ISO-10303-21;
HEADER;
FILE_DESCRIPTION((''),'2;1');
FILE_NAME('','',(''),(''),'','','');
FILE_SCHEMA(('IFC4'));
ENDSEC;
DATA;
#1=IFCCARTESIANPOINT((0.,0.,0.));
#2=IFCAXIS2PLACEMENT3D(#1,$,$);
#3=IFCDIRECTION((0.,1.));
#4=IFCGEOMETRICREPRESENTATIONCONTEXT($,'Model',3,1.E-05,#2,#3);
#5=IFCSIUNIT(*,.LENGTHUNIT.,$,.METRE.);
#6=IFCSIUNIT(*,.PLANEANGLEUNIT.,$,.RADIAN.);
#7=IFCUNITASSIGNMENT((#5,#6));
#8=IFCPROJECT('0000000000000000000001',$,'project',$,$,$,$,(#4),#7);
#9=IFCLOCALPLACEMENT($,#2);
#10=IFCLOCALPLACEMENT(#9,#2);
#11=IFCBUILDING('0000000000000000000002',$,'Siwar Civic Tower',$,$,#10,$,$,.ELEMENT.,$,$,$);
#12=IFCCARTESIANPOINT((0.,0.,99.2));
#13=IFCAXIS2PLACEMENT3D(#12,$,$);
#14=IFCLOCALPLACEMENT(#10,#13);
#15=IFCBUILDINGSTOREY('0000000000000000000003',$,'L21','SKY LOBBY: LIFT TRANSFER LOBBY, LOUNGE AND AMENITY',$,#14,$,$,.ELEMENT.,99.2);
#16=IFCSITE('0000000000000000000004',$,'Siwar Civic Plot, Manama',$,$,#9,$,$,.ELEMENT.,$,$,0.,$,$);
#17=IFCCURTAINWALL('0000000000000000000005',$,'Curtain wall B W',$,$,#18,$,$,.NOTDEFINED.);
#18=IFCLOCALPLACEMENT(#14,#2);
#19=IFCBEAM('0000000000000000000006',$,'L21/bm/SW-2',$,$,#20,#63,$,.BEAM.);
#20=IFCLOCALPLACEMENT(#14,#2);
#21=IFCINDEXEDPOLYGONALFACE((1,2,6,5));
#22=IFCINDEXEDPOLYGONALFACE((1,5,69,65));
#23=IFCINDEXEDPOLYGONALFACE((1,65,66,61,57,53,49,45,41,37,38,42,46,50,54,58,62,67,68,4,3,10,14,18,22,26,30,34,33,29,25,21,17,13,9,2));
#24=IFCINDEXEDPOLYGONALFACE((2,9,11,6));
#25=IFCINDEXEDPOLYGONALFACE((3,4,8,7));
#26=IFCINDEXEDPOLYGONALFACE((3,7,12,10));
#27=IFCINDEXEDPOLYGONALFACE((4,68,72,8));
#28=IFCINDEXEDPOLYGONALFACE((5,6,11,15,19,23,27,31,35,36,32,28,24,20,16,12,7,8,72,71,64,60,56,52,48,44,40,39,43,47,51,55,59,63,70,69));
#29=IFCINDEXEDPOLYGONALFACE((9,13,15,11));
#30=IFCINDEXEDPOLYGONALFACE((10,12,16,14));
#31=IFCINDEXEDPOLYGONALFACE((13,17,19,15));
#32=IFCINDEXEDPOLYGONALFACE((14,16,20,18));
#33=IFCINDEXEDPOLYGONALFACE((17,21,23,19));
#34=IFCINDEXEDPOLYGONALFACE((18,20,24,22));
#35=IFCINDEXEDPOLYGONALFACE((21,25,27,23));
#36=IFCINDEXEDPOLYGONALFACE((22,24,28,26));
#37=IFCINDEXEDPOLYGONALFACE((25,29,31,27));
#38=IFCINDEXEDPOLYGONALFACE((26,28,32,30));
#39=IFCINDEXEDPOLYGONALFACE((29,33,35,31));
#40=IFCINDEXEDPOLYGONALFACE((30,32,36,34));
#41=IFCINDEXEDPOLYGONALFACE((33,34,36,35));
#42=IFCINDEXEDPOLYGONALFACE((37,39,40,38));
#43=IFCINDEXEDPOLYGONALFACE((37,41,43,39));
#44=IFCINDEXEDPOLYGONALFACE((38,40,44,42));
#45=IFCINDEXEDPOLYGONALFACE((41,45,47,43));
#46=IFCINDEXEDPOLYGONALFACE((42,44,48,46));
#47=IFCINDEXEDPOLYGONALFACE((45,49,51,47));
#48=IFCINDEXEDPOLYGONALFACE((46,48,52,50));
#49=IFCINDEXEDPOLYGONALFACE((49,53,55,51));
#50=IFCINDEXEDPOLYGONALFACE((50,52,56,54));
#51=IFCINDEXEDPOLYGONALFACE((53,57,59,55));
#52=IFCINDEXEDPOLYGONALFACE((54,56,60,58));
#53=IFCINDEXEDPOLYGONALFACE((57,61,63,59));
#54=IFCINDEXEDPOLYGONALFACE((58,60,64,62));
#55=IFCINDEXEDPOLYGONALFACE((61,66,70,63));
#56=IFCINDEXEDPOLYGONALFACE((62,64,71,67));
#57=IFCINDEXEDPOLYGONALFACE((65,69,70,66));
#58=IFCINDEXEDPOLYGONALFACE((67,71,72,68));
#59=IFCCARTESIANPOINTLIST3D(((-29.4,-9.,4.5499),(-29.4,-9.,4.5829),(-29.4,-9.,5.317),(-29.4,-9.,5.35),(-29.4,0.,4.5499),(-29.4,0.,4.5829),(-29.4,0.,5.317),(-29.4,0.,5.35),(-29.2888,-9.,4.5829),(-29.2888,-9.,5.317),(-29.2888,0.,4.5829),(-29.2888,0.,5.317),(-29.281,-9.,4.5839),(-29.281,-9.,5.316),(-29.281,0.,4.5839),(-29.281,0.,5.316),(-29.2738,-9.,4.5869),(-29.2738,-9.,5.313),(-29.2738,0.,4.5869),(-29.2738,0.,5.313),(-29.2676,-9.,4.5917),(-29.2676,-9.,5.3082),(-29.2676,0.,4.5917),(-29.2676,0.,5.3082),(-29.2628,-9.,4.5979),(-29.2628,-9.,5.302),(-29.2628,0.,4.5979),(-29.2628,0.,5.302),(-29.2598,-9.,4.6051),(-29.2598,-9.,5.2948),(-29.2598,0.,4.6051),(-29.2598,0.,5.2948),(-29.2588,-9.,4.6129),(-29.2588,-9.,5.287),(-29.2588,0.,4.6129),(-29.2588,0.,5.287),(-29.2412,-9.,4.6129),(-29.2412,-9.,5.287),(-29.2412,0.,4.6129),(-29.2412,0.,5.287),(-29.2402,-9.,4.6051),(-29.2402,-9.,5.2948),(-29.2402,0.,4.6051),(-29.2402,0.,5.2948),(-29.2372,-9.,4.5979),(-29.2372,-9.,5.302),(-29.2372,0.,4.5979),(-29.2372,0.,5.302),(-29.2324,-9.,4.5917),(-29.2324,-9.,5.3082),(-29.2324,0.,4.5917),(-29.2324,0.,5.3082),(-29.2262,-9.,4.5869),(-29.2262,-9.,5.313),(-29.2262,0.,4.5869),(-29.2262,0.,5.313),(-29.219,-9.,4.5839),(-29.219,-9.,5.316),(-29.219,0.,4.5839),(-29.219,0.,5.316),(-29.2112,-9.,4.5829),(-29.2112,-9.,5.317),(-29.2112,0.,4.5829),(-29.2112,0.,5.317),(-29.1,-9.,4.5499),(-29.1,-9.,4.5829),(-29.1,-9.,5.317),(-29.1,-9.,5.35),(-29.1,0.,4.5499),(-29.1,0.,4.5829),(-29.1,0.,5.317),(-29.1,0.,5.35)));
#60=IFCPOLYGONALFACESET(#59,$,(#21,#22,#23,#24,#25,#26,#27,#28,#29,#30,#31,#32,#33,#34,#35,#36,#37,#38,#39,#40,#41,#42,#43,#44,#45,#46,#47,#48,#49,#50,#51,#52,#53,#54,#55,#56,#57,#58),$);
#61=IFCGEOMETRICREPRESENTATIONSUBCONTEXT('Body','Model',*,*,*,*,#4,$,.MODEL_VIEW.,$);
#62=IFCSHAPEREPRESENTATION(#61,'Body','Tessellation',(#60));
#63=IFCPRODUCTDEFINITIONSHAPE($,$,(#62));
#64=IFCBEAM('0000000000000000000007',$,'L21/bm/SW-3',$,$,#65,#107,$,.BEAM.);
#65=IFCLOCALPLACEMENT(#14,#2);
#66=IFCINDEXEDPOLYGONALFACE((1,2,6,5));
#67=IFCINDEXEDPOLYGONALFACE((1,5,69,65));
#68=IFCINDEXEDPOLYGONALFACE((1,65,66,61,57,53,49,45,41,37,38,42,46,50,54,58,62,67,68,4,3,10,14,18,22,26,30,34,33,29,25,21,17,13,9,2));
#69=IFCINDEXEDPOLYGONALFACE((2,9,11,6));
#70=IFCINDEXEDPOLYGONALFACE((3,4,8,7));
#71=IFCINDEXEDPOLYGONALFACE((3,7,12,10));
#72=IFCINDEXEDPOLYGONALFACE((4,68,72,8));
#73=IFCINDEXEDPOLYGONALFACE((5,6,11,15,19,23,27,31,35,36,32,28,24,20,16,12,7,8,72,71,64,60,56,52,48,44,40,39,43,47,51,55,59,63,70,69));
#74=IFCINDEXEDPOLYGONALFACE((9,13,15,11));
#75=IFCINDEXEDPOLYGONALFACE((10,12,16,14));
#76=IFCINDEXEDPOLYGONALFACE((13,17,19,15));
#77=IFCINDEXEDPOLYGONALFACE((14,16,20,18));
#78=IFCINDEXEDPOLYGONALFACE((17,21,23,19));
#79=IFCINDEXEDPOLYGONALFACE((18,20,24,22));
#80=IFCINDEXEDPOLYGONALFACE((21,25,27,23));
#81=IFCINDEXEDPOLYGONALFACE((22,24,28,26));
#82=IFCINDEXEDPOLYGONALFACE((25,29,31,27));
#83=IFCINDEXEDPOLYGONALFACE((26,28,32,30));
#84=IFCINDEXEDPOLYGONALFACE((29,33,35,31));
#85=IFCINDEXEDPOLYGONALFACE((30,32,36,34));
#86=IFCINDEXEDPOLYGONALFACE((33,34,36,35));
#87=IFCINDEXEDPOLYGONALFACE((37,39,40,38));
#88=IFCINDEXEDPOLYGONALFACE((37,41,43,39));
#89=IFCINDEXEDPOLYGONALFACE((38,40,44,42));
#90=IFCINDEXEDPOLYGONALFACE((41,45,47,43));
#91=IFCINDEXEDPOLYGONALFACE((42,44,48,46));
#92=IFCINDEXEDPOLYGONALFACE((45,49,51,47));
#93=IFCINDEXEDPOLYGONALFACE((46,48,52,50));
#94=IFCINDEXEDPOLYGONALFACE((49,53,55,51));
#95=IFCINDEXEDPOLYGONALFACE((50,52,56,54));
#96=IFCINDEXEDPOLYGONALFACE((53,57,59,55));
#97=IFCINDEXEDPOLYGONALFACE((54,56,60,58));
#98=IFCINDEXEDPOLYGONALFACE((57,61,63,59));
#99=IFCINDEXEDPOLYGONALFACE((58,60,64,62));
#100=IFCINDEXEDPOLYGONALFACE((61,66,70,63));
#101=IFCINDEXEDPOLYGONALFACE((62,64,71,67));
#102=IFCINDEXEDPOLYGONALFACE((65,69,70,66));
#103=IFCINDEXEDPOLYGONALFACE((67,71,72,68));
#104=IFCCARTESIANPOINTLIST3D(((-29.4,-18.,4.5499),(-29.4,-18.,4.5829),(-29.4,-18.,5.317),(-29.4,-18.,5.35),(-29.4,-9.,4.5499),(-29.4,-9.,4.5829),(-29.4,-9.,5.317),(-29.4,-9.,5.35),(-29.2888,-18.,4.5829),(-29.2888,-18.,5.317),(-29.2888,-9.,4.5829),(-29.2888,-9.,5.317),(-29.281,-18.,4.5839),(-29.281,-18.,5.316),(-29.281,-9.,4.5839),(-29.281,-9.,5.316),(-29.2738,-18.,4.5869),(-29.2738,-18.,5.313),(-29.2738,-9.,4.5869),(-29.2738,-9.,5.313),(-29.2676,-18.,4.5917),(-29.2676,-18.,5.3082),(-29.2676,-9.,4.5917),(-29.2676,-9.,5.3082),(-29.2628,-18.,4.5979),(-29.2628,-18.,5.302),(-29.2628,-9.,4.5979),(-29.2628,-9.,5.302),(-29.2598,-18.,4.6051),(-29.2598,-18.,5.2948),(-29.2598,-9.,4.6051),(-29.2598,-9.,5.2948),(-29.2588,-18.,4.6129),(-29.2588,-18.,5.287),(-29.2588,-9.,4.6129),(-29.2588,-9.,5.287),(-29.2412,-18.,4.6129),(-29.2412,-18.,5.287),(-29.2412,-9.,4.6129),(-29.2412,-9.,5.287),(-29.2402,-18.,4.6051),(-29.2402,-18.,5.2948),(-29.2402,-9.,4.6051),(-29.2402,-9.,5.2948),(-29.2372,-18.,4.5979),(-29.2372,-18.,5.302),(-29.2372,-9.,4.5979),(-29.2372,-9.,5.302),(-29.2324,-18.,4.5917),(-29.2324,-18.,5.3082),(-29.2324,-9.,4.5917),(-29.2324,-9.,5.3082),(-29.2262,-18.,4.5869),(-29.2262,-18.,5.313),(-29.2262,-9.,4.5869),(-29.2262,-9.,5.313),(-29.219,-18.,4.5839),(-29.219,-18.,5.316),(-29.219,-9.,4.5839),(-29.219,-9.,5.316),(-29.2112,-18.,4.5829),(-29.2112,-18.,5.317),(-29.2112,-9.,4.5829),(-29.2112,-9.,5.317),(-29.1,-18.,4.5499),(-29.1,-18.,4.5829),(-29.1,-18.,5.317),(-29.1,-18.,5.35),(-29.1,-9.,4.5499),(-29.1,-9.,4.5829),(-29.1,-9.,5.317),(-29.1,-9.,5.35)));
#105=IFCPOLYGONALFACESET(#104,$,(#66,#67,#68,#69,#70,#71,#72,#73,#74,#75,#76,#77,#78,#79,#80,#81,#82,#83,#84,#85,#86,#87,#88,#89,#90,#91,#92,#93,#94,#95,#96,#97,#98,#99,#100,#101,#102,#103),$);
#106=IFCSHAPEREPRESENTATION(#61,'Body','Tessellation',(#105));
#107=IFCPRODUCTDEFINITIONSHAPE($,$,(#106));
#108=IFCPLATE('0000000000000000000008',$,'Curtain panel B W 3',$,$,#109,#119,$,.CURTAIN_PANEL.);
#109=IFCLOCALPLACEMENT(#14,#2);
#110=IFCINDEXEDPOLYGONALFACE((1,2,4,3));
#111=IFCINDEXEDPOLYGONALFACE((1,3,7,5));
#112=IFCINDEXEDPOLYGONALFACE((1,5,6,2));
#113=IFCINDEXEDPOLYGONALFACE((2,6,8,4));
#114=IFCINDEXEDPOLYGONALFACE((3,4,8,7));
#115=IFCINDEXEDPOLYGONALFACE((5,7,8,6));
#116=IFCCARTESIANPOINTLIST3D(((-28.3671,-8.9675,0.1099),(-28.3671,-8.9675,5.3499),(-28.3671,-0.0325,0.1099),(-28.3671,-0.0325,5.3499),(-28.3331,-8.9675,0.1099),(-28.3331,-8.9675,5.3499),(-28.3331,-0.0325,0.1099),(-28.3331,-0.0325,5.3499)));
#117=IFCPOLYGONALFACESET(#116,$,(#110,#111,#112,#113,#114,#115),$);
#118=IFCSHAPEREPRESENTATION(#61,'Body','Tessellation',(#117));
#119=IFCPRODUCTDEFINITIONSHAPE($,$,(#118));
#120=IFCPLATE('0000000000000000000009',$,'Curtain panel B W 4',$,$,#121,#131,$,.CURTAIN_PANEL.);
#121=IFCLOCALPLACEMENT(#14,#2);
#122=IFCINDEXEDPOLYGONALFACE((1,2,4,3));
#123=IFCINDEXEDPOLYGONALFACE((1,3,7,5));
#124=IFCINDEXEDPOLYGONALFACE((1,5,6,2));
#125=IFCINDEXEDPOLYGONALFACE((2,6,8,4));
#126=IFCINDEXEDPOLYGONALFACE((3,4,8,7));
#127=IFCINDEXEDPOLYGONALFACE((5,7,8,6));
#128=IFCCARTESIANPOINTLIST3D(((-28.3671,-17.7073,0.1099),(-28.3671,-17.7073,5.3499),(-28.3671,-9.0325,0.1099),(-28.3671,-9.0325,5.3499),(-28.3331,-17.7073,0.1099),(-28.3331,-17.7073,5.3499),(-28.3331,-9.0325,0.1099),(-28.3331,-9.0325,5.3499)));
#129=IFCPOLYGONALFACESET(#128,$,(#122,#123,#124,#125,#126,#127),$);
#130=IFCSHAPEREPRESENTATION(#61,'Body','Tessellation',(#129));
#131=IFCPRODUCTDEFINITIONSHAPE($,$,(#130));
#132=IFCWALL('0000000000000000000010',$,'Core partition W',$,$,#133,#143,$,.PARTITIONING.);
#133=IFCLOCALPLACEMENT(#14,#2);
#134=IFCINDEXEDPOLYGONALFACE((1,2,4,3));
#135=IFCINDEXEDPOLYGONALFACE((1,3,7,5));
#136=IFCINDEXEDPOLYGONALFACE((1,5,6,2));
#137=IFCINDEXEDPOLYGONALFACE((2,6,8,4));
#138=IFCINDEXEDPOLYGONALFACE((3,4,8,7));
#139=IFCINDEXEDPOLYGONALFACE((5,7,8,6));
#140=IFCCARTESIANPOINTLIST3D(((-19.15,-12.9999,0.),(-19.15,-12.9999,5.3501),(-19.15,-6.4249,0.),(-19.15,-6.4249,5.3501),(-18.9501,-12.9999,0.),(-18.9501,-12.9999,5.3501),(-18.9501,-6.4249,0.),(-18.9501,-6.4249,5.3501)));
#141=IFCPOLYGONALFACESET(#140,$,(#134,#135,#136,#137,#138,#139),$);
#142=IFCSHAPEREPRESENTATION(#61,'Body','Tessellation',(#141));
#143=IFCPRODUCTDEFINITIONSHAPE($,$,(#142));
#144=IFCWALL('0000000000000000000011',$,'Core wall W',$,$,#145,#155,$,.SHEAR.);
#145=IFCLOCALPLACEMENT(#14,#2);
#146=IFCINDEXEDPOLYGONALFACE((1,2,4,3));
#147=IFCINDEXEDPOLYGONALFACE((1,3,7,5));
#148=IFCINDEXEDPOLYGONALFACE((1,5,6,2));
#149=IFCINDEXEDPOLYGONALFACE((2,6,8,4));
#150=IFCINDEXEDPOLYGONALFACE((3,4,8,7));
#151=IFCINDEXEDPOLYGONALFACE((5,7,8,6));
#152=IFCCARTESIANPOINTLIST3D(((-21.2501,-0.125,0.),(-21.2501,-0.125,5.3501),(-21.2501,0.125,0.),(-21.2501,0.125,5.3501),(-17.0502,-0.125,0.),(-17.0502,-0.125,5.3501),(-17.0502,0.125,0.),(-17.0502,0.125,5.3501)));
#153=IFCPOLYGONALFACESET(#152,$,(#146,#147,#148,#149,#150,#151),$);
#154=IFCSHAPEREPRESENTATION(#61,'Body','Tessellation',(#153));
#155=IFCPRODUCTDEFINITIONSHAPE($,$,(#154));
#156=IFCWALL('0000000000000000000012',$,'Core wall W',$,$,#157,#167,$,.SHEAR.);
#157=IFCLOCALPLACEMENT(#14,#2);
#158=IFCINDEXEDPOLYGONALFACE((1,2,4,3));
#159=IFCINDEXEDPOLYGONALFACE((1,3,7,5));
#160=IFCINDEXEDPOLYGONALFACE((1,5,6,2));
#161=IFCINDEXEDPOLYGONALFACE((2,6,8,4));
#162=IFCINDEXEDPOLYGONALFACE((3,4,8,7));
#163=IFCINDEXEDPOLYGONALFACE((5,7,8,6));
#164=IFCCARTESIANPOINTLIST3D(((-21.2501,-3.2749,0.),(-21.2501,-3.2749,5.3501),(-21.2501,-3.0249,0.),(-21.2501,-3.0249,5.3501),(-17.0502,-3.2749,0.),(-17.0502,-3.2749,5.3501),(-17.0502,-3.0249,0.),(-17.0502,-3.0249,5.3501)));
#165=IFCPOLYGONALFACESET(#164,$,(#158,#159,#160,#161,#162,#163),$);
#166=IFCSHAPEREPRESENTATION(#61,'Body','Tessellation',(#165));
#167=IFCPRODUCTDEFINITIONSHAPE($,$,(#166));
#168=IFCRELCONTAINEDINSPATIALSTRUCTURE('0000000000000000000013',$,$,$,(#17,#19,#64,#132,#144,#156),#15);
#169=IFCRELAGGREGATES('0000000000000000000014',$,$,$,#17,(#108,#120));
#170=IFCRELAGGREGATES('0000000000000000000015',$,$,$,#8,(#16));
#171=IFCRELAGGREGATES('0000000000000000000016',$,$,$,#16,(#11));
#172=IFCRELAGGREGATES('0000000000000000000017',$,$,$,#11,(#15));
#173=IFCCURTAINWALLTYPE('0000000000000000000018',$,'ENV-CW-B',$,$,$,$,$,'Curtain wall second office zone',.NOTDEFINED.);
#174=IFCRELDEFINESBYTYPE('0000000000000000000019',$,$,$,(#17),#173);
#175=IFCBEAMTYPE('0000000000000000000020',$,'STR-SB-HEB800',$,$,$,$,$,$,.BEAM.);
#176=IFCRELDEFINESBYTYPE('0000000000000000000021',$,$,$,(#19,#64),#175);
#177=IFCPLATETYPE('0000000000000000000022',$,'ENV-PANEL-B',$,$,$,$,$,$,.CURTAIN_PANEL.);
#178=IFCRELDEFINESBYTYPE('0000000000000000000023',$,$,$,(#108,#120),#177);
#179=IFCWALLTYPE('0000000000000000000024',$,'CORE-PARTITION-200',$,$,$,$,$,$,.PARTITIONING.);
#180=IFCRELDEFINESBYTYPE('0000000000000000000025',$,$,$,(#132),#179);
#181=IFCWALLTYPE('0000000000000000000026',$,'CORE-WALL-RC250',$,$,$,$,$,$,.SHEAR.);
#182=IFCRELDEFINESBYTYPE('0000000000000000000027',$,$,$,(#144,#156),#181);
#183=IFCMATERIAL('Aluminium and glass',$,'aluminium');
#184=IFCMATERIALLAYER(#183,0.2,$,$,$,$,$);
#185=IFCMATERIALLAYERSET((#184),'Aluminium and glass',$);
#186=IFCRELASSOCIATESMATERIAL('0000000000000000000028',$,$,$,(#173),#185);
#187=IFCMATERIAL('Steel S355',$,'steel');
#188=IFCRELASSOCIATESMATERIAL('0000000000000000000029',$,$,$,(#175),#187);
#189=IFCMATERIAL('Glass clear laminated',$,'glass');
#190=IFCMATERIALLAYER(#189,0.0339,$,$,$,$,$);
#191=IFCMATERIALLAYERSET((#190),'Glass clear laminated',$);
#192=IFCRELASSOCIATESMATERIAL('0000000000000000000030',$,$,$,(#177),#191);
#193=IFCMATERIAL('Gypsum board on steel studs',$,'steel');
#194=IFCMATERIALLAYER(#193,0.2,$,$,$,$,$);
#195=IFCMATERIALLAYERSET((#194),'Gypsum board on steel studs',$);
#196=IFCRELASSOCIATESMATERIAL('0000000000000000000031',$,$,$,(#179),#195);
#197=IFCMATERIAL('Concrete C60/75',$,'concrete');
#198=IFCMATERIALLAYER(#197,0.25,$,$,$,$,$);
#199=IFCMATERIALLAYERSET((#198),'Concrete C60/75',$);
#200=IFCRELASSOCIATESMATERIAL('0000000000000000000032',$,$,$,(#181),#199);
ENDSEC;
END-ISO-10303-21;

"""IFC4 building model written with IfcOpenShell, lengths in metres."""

from ifc_helpers import new_model, si_unit, direction, frame, frame_2d, origin, origin_2d, place, context, subcontext, project, spatial, rectangle, i_section, extrude, material, layer, layer_set, material_profile, profile_set, type_object, element, aggregate, save


model = new_model("IFC4")

# Units and contexts
model_context = context("Model", 3, precision=1e-05, world=origin(), true_north=direction((0.0, 1.0)))
body_context = subcontext(model_context, "Body", "Model", "MODEL_VIEW")
ifc_project = project(units=[si_unit("LENGTHUNIT", "METRE"), si_unit("PLANEANGLEUNIT", "RADIAN")], contexts=[model_context])

# Site, building, storey
site_placement = place(None, origin())
site = spatial("IfcSite", under=ifc_project, at=site_placement, Name="Siwar Civic Plot, Manama", CompositionType="ELEMENT", RefElevation=0.0)
building_placement = place(site_placement, origin())
building = spatial("IfcBuilding", under=site, at=building_placement, Name="Siwar Civic Tower", CompositionType="ELEMENT")
storey_placement = place(building_placement, frame((0.0, 0.0, 99.2)))
storey = spatial("IfcBuildingStorey", under=building, at=storey_placement, Name="L21", Description="SKY LOBBY: LIFT TRANSFER LOBBY, LOUNGE AND AMENITY", CompositionType="ELEMENT", Elevation=99.2)

# Curtain wall
ifc_material_1 = material(Name="Aluminium and glass", Category="aluminium")
ifc_layer_1 = layer(ifc_material_1, 0.2)
ifc_layer_set_1 = layer_set([ifc_layer_1], Name="Aluminium and glass")
curtain_wall_type_1 = type_object("IfcCurtainWallType", Name="ENV-CW-B", ElementType="Curtain wall second office zone", PredefinedType="NOTDEFINED", material=ifc_layer_set_1)
curtain_wall_1_placement = place(storey_placement, origin())
curtain_wall_1 = element("IfcCurtainWall", 1, at=curtain_wall_1_placement, inside=storey, type_object=curtain_wall_type_1, Name="Curtain wall B W", PredefinedType="NOTDEFINED")

# Beams
ifc_material_2 = material(Name="Steel S355", Category="steel")
ifc_material_profile_1 = material_profile(ifc_material_2, i_section(OverallWidth=0.3, OverallDepth=0.8, WebThickness=0.0176, FlangeThickness=0.033, FilletRadius=0.03, at=origin_2d()), Name="HEB800")
ifc_profile_set_1 = profile_set([ifc_material_profile_1], Name="Steel S355")
beam_type_1 = type_object("IfcBeamType", Name="STR-SB-HEB800", PredefinedType="BEAM", material=ifc_profile_set_1)
for number, where, z_axis, x_axis, name in (
    (2, (-29.25, 0.0, 4.95), (0.0, -1.0, 0.0), (1.0, 0.0, 0.0), "L21/bm/SW-2"),
    (3, (-29.25, -9.0, 4.95), (0.0, -1.0, 0.0), (1.0, 0.0, 0.0), "L21/bm/SW-3"),
):
    element("IfcBeam", number, at=place(storey_placement, frame(where, z_axis=z_axis, x_axis=x_axis)), inside=storey, type_object=beam_type_1, Name=name, PredefinedType="BEAM", context=body_context, shape_type="SweptSolid", body=[
        extrude(i_section(OverallWidth=0.3, OverallDepth=0.8, WebThickness=0.0176, FlangeThickness=0.033, FilletRadius=0.03, at=origin_2d()), origin(), (0.0, 0.0, 1.0), 9.0),
    ])

# Plates
ifc_material_3 = material(Name="Glass clear laminated", Category="glass")
ifc_layer_2 = layer(ifc_material_3, 0.0339)
ifc_layer_set_2 = layer_set([ifc_layer_2], Name="Glass clear laminated")
plate_type = type_object("IfcPlateType", Name="ENV-PANEL-B", PredefinedType="CURTAIN_PANEL", material=ifc_layer_set_2)
plate_1_placement = place(storey_placement, frame((-28.3501, -4.5, 0.1099), z_axis=(0.0, 0.0, 1.0), x_axis=(0.0, -1.0, 0.0)))
plate_1 = element("IfcPlate", 4, at=plate_1_placement, type_object=plate_type, Name="Curtain panel B W 3", PredefinedType="CURTAIN_PANEL", context=body_context, shape_type="SweptSolid", body=[
    extrude(rectangle(XDim=8.9351, YDim=0.0339, at=origin_2d()), origin(), (0.0, 0.0, 1.0), 5.24),
])
plate_2_placement = place(storey_placement, frame((-28.3501, -13.3699, 0.1099), z_axis=(0.0, 0.0, 1.0), x_axis=(0.0, -1.0, 0.0)))
plate_2 = element("IfcPlate", 5, at=plate_2_placement, type_object=plate_type, Name="Curtain panel B W 4", PredefinedType="CURTAIN_PANEL", context=body_context, shape_type="SweptSolid", body=[
    extrude(rectangle(XDim=8.6748, YDim=0.0339, at=origin_2d()), origin(), (0.0, 0.0, 1.0), 5.24),
])
aggregate(curtain_wall_1, [plate_1, plate_2])

# Walls
ifc_material_4 = material(Name="Gypsum board on steel studs", Category="steel")
ifc_layer_3 = layer(ifc_material_4, 0.2)
ifc_layer_set_3 = layer_set([ifc_layer_3], Name="Gypsum board on steel studs")
wall_type_1 = type_object("IfcWallType", Name="CORE-PARTITION-200", PredefinedType="PARTITIONING", material=ifc_layer_set_3)
wall_1_placement = place(storey_placement, frame((-19.05, -13.0, 0.0), z_axis=(0.0, 0.0, 1.0), x_axis=(0.0, 1.0, 0.0)))
element("IfcWall", 6, at=wall_1_placement, inside=storey, type_object=wall_type_1, Name="Core partition W", PredefinedType="PARTITIONING", context=body_context, shape_type="SweptSolid", body=[
    extrude(rectangle(XDim=6.575, YDim=0.2, at=frame_2d((3.2876, 0.0))), origin(), (0.0, 0.0, 1.0), 5.3501),
])
ifc_material_5 = material(Name="Concrete C60/75", Category="concrete")
ifc_layer_4 = layer(ifc_material_5, 0.25)
ifc_layer_set_4 = layer_set([ifc_layer_4], Name="Concrete C60/75")
wall_type_2 = type_object("IfcWallType", Name="CORE-WALL-RC250", PredefinedType="SHEAR", material=ifc_layer_set_4)
for number, where, z_axis, x_axis, name in (
    (7, (-17.05, 0.0, 0.0), (0.0, 0.0, 1.0), (-1.0, 0.0, 0.0), "Core wall W"),
    (8, (-17.05, -3.1499, 0.0), (0.0, 0.0, 1.0), (-1.0, 0.0, 0.0), "Core wall W"),
):
    element("IfcWall", number, at=place(storey_placement, frame(where, z_axis=z_axis, x_axis=x_axis)), inside=storey, type_object=wall_type_2, Name=name, PredefinedType="SHEAR", context=body_context, shape_type="SweptSolid", body=[
        extrude(rectangle(XDim=4.2, YDim=0.25, at=frame_2d((2.1001, 0.0))), origin(), (0.0, 0.0, 1.0), 5.3501),
    ])

save(model, "model.ifc")
